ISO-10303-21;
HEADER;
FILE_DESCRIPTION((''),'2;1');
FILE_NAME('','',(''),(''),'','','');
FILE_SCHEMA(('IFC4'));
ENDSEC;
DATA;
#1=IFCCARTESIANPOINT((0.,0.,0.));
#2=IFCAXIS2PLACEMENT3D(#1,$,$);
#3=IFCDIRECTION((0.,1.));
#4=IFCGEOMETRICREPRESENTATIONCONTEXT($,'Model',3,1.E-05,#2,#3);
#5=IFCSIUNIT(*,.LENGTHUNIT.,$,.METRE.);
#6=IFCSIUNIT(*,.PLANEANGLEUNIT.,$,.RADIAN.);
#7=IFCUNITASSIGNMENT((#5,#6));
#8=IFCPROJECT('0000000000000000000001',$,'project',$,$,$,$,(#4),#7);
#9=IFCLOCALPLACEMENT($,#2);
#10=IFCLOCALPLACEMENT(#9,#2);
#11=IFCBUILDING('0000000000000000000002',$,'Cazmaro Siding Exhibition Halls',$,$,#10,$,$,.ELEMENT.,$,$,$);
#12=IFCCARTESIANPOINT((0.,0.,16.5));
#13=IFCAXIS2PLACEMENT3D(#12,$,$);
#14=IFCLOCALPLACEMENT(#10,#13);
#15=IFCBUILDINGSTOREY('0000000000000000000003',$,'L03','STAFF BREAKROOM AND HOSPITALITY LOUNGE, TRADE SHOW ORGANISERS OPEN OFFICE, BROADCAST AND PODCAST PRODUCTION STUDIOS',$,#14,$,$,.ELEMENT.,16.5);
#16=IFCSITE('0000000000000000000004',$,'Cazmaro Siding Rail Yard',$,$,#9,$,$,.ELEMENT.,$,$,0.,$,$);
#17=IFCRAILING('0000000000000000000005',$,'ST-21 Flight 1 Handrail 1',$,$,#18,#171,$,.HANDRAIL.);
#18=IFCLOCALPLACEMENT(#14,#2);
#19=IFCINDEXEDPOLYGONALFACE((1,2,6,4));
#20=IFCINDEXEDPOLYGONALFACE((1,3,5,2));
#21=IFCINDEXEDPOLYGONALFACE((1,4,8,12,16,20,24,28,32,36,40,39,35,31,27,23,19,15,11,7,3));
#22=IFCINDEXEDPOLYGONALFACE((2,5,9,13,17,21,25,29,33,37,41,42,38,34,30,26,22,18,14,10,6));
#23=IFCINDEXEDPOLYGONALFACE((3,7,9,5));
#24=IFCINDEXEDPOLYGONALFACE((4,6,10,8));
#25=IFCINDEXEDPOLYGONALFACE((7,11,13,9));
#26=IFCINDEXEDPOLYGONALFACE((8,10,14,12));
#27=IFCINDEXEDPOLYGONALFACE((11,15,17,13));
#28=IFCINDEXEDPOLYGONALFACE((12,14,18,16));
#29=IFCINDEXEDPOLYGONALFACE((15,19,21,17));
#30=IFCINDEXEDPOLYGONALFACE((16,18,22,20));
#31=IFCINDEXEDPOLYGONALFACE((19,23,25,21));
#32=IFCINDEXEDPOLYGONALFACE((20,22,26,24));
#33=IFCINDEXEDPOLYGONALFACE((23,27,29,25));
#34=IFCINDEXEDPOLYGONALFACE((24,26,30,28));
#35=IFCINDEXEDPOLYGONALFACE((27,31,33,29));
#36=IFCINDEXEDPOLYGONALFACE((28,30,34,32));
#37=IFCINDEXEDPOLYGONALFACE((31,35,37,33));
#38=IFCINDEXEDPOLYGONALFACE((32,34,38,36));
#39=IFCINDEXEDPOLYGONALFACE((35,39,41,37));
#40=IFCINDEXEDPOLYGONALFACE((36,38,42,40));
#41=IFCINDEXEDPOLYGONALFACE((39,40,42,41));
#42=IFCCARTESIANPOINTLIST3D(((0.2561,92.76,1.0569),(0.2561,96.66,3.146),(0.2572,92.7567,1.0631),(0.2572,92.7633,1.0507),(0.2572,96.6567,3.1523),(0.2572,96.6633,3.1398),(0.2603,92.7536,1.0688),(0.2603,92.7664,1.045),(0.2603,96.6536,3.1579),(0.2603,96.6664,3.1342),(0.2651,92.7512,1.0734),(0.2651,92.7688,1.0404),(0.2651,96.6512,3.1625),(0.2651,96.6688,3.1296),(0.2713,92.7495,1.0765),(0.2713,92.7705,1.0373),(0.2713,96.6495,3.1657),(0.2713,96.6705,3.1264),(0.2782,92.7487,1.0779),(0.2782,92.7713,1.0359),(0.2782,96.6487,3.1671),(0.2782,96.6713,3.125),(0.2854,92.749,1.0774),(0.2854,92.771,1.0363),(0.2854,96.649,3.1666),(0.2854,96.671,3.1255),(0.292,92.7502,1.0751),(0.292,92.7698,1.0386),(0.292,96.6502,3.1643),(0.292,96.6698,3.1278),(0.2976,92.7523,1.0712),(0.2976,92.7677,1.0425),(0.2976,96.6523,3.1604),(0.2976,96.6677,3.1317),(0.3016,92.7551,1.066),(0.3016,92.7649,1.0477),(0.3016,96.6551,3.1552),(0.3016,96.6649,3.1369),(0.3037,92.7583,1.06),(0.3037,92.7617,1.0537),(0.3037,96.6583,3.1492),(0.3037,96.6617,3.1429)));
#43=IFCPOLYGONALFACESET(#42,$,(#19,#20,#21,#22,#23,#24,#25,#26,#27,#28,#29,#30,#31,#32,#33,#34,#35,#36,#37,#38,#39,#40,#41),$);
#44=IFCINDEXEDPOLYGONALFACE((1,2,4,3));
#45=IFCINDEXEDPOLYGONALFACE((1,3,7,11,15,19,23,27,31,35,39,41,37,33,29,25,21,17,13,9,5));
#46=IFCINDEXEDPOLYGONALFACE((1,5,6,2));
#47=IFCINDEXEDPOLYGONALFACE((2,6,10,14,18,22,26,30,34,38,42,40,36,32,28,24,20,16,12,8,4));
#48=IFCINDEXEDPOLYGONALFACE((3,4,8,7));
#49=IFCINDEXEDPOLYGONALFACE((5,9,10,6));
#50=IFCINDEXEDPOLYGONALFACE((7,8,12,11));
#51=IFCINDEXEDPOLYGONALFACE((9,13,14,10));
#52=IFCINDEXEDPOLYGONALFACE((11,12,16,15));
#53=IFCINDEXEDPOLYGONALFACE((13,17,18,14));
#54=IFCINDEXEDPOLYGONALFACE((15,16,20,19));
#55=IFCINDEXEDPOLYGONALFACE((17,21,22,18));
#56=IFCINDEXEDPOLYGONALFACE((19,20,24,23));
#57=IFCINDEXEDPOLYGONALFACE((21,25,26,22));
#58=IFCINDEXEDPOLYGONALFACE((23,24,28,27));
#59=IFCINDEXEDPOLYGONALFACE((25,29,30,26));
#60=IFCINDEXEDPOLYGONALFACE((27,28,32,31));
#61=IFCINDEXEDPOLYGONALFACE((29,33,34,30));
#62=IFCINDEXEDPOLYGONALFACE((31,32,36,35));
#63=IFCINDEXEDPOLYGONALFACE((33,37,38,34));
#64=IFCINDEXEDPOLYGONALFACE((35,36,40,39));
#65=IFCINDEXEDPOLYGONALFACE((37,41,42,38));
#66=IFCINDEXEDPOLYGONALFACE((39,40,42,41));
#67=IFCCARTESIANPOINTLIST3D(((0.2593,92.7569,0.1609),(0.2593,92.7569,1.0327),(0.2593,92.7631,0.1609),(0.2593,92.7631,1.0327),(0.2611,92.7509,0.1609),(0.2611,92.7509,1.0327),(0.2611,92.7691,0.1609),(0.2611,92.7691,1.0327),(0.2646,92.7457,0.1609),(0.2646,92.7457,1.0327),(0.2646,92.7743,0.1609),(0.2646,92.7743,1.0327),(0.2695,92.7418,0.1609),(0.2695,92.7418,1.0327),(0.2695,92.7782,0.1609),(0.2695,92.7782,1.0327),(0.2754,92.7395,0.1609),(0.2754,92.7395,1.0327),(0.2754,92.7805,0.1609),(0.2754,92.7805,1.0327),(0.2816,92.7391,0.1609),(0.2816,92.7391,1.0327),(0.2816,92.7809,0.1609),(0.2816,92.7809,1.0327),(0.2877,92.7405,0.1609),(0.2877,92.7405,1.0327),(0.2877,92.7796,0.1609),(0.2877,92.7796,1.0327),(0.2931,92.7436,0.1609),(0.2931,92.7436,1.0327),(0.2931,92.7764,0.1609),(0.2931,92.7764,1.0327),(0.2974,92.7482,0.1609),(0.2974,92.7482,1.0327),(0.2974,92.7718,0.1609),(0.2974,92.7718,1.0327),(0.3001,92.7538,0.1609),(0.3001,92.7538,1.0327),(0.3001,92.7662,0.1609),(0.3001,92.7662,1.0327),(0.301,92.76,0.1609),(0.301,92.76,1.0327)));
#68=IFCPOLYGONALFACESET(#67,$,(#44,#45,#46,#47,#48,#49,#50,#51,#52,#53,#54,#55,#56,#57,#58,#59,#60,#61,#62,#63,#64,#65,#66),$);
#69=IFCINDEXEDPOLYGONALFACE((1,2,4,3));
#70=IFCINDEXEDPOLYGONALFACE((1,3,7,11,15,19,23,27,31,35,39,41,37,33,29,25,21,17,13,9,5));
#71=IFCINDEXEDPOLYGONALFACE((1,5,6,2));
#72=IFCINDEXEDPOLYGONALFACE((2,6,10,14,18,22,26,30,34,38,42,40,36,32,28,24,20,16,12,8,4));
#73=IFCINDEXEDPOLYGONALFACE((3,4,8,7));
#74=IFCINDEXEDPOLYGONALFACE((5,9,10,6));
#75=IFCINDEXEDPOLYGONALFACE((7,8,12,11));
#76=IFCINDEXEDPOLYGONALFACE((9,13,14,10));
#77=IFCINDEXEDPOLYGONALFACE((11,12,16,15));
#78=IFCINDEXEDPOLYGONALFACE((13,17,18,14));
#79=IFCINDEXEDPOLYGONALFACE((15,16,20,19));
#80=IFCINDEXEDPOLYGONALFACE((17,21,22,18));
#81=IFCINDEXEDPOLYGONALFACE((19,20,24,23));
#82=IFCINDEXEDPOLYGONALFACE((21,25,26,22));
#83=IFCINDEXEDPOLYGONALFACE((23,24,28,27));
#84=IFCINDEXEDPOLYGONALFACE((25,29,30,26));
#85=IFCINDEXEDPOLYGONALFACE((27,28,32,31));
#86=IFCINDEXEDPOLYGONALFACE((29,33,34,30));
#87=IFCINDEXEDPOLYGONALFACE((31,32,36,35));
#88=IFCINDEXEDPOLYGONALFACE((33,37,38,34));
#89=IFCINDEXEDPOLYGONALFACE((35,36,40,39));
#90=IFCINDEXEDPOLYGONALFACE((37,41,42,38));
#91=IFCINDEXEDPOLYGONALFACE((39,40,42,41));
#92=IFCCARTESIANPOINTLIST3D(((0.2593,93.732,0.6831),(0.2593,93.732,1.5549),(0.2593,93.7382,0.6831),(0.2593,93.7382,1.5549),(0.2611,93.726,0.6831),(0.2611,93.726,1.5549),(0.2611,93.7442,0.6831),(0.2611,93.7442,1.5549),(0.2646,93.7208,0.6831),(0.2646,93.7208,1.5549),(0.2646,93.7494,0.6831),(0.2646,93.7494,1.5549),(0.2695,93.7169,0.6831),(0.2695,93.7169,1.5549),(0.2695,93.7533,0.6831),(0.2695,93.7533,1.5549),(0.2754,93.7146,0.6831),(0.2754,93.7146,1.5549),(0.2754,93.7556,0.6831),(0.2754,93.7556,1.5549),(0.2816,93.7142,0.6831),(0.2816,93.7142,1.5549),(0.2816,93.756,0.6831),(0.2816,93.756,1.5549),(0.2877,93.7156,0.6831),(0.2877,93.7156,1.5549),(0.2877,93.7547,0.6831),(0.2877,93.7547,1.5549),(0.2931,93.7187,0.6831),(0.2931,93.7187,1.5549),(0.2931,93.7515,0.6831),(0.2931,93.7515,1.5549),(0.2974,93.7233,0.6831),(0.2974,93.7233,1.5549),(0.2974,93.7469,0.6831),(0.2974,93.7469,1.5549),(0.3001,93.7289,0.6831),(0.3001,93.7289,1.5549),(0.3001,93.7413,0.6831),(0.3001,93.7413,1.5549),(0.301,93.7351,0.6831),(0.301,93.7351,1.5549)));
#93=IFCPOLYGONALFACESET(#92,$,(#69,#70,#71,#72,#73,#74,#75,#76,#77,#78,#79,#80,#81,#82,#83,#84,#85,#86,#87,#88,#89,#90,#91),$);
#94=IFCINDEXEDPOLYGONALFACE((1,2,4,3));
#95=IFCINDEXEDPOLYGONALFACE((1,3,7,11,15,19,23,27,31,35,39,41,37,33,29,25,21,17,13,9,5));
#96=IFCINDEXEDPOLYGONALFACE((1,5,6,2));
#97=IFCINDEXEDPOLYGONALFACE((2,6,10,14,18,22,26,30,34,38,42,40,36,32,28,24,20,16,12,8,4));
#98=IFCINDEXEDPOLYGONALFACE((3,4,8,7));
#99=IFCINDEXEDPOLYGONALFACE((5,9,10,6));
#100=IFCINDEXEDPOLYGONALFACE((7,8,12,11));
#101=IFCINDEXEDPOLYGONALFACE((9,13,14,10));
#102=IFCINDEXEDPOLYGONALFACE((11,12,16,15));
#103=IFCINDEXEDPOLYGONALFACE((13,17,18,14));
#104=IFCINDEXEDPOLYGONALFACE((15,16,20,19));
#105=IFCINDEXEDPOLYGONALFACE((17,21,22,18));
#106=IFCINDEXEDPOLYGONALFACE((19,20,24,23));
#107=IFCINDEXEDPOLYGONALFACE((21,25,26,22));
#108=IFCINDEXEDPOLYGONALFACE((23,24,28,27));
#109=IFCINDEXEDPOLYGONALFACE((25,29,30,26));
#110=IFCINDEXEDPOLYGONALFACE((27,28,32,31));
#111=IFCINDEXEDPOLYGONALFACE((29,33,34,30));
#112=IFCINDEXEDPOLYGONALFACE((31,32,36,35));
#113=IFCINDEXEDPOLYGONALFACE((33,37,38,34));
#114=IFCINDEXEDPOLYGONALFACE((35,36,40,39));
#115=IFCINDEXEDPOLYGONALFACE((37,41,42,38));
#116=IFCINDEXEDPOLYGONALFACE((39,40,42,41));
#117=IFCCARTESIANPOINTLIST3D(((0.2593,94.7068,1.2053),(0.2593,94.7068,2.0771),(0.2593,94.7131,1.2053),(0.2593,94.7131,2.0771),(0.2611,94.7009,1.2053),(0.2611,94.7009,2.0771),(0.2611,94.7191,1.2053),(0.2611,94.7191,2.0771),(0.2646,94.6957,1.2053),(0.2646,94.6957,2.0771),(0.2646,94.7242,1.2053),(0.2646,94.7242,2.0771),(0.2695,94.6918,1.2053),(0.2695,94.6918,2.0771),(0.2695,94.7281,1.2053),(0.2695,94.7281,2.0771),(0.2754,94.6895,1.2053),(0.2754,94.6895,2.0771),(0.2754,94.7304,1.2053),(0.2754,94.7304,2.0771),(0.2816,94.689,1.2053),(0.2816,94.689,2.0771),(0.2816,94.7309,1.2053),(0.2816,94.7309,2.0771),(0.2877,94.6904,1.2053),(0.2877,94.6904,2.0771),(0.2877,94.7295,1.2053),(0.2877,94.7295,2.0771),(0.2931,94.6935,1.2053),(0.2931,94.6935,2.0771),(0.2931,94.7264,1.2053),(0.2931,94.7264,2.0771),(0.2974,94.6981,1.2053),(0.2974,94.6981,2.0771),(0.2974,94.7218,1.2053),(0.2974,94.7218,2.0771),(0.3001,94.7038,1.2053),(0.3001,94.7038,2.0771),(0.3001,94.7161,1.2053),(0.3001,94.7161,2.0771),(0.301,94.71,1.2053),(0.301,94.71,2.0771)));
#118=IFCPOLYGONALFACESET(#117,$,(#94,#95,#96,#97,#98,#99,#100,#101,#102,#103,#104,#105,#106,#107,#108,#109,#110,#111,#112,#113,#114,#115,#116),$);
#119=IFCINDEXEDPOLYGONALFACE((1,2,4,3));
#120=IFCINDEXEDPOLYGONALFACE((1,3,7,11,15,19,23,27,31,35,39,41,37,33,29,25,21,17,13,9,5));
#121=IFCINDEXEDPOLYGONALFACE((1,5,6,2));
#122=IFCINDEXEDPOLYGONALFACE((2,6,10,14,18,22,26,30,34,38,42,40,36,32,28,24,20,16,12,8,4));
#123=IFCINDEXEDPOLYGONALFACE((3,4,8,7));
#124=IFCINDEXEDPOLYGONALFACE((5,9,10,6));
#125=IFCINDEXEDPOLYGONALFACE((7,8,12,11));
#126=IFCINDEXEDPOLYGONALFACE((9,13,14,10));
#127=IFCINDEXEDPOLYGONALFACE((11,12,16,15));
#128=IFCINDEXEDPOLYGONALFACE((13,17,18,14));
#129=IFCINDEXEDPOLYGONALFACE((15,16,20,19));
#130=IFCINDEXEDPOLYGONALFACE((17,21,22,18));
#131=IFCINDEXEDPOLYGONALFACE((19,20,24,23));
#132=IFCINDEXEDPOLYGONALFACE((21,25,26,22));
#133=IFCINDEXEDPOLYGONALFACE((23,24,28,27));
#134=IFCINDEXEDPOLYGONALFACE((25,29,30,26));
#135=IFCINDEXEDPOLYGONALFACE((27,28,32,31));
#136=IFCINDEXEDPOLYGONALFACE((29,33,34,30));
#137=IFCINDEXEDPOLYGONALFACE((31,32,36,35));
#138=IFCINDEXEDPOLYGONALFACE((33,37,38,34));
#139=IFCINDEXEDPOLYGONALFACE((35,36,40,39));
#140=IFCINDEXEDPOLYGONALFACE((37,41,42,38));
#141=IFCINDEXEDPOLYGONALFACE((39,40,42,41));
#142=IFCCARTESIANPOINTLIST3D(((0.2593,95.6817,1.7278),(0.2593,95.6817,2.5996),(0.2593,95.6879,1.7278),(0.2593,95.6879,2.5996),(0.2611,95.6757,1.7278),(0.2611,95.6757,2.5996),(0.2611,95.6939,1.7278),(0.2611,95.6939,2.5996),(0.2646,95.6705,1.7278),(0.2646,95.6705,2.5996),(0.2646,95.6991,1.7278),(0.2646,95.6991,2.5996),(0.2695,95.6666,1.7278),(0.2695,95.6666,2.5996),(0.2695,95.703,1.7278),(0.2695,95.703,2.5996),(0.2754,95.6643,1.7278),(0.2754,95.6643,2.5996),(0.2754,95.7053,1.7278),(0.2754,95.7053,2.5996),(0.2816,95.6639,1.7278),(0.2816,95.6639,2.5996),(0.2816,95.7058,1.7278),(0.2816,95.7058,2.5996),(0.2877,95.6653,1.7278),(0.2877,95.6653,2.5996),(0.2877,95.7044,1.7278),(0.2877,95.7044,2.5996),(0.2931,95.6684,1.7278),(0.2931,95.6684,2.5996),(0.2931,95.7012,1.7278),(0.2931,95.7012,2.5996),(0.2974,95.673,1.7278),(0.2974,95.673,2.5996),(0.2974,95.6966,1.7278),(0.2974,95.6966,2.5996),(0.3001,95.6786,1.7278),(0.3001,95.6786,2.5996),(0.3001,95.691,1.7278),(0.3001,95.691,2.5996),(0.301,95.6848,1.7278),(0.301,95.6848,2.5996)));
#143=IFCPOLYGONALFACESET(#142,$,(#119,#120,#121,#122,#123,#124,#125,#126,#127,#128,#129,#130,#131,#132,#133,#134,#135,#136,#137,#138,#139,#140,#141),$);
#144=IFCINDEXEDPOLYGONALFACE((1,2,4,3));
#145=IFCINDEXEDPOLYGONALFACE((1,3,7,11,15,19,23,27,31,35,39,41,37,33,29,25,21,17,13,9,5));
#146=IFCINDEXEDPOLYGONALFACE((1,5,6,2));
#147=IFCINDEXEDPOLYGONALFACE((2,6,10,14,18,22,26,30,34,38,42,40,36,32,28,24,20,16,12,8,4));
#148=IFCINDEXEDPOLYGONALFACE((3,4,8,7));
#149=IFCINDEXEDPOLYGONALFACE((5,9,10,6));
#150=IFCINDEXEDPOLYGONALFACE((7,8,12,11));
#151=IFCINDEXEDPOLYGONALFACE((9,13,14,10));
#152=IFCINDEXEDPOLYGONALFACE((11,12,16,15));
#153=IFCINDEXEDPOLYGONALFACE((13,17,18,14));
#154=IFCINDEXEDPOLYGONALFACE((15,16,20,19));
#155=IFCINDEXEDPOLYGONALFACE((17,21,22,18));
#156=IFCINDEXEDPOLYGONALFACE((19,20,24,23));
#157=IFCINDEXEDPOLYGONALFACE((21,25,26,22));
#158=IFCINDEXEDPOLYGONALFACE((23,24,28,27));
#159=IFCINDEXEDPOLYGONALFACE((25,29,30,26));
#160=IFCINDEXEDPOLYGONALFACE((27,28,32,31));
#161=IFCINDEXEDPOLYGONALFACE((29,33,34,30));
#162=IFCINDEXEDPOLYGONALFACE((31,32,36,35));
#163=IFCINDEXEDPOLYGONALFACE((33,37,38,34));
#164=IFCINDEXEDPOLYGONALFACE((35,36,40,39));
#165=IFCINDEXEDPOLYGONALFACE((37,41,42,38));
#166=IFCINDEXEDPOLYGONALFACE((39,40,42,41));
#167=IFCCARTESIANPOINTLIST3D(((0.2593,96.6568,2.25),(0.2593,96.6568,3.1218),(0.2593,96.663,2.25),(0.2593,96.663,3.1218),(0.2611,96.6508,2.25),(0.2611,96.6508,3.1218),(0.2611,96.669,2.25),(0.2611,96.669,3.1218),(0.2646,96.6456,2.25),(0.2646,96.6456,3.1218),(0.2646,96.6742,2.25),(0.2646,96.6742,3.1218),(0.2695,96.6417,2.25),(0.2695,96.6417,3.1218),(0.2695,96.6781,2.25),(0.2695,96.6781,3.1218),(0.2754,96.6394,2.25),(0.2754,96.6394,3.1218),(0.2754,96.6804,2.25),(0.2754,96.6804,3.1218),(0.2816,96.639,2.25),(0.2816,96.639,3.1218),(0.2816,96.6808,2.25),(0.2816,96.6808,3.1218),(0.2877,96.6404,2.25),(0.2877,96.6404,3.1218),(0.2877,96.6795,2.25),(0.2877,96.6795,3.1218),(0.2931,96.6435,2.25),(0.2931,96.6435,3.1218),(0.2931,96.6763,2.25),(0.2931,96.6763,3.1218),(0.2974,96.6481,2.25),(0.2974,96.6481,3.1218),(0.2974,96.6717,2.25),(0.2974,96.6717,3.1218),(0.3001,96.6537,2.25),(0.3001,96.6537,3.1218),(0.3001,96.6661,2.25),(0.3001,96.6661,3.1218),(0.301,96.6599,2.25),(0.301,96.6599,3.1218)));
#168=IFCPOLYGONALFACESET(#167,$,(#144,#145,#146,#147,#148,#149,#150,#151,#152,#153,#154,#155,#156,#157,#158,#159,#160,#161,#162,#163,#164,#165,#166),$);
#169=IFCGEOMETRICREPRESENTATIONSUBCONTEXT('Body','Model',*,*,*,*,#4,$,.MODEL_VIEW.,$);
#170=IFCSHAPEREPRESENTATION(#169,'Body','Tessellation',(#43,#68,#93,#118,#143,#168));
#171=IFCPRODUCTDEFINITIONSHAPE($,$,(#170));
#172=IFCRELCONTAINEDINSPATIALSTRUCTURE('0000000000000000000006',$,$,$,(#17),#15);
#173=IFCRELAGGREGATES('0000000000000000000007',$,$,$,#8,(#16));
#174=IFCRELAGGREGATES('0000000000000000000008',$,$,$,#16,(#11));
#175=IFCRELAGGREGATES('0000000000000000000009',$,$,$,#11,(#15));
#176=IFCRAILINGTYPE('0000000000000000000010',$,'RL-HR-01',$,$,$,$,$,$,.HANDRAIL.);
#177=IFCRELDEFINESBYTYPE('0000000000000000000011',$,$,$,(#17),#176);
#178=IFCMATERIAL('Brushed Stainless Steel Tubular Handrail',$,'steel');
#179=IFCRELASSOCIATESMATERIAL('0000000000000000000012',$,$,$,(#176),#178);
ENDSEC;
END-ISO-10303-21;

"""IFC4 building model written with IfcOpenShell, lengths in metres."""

from ifc_helpers import new_model, si_unit, direction, frame, origin, origin_2d, place, context, subcontext, project, spatial, circle, extrude, material, type_object, element, save


model = new_model("IFC4")

# Units and contexts
model_context = context("Model", 3, precision=1e-05, world=origin(), true_north=direction((0.0, 1.0)))
body_context = subcontext(model_context, "Body", "Model", "MODEL_VIEW")
ifc_project = project(units=[si_unit("LENGTHUNIT", "METRE"), si_unit("PLANEANGLEUNIT", "RADIAN")], contexts=[model_context])

# Site, building, storey
site_placement = place(None, origin())
site = spatial("IfcSite", under=ifc_project, at=site_placement, Name="Cazmaro Siding Rail Yard", CompositionType="ELEMENT", RefElevation=0.0)
building_placement = place(site_placement, origin())
building = spatial("IfcBuilding", under=site, at=building_placement, Name="Cazmaro Siding Exhibition Halls", CompositionType="ELEMENT")
storey_placement = place(building_placement, frame((0.0, 0.0, 16.5)))
storey = spatial("IfcBuildingStorey", under=building, at=storey_placement, Name="L03", Description="STAFF BREAKROOM AND HOSPITALITY LOUNGE, TRADE SHOW ORGANISERS OPEN OFFICE, BROADCAST AND PODCAST PRODUCTION STUDIOS", CompositionType="ELEMENT", Elevation=16.5)

# Railing
ifc_material_1 = material(Name="Brushed Stainless Steel Tubular Handrail", Category="steel")
railing_type_1 = type_object("IfcRailingType", Name="RL-HR-01", PredefinedType="HANDRAIL", material=ifc_material_1)
railing_1_placement = place(storey_placement, frame((0.28, 92.76, 0.1609)))
element("IfcRailing", 1, at=railing_1_placement, inside=storey, type_object=railing_type_1, Name="ST-21 Flight 1 Handrail 1", PredefinedType="HANDRAIL", context=body_context, shape_type="SweptSolid", body=[
    extrude(circle(Radius=0.0239, at=origin_2d()), frame((0.0, 0.0, 0.896), z_axis=(0.0, 0.881491, 0.4722), x_axis=(-1.0, 0.0, 0.0)), (0.0, 0.0, 1.0), 4.4243),
    extrude(circle(Radius=0.021, at=origin_2d()), origin(), (0.0, 0.0, 1.0), 0.8718),
    extrude(circle(Radius=0.021, at=origin_2d()), frame((0.0, 0.9751, 0.5222)), (0.0, 0.0, 1.0), 0.8718),
    extrude(circle(Radius=0.021, at=origin_2d()), frame((0.0, 1.95, 1.0444)), (0.0, 0.0, 1.0), 0.8718),
    extrude(circle(Radius=0.021, at=origin_2d()), frame((0.0, 2.9248, 1.5669)), (0.0, 0.0, 1.0), 0.8718),
    extrude(circle(Radius=0.021, at=origin_2d()), frame((0.0, 3.8999, 2.0891)), (0.0, 0.0, 1.0), 0.8718),
])

save(model, "model.ifc")
